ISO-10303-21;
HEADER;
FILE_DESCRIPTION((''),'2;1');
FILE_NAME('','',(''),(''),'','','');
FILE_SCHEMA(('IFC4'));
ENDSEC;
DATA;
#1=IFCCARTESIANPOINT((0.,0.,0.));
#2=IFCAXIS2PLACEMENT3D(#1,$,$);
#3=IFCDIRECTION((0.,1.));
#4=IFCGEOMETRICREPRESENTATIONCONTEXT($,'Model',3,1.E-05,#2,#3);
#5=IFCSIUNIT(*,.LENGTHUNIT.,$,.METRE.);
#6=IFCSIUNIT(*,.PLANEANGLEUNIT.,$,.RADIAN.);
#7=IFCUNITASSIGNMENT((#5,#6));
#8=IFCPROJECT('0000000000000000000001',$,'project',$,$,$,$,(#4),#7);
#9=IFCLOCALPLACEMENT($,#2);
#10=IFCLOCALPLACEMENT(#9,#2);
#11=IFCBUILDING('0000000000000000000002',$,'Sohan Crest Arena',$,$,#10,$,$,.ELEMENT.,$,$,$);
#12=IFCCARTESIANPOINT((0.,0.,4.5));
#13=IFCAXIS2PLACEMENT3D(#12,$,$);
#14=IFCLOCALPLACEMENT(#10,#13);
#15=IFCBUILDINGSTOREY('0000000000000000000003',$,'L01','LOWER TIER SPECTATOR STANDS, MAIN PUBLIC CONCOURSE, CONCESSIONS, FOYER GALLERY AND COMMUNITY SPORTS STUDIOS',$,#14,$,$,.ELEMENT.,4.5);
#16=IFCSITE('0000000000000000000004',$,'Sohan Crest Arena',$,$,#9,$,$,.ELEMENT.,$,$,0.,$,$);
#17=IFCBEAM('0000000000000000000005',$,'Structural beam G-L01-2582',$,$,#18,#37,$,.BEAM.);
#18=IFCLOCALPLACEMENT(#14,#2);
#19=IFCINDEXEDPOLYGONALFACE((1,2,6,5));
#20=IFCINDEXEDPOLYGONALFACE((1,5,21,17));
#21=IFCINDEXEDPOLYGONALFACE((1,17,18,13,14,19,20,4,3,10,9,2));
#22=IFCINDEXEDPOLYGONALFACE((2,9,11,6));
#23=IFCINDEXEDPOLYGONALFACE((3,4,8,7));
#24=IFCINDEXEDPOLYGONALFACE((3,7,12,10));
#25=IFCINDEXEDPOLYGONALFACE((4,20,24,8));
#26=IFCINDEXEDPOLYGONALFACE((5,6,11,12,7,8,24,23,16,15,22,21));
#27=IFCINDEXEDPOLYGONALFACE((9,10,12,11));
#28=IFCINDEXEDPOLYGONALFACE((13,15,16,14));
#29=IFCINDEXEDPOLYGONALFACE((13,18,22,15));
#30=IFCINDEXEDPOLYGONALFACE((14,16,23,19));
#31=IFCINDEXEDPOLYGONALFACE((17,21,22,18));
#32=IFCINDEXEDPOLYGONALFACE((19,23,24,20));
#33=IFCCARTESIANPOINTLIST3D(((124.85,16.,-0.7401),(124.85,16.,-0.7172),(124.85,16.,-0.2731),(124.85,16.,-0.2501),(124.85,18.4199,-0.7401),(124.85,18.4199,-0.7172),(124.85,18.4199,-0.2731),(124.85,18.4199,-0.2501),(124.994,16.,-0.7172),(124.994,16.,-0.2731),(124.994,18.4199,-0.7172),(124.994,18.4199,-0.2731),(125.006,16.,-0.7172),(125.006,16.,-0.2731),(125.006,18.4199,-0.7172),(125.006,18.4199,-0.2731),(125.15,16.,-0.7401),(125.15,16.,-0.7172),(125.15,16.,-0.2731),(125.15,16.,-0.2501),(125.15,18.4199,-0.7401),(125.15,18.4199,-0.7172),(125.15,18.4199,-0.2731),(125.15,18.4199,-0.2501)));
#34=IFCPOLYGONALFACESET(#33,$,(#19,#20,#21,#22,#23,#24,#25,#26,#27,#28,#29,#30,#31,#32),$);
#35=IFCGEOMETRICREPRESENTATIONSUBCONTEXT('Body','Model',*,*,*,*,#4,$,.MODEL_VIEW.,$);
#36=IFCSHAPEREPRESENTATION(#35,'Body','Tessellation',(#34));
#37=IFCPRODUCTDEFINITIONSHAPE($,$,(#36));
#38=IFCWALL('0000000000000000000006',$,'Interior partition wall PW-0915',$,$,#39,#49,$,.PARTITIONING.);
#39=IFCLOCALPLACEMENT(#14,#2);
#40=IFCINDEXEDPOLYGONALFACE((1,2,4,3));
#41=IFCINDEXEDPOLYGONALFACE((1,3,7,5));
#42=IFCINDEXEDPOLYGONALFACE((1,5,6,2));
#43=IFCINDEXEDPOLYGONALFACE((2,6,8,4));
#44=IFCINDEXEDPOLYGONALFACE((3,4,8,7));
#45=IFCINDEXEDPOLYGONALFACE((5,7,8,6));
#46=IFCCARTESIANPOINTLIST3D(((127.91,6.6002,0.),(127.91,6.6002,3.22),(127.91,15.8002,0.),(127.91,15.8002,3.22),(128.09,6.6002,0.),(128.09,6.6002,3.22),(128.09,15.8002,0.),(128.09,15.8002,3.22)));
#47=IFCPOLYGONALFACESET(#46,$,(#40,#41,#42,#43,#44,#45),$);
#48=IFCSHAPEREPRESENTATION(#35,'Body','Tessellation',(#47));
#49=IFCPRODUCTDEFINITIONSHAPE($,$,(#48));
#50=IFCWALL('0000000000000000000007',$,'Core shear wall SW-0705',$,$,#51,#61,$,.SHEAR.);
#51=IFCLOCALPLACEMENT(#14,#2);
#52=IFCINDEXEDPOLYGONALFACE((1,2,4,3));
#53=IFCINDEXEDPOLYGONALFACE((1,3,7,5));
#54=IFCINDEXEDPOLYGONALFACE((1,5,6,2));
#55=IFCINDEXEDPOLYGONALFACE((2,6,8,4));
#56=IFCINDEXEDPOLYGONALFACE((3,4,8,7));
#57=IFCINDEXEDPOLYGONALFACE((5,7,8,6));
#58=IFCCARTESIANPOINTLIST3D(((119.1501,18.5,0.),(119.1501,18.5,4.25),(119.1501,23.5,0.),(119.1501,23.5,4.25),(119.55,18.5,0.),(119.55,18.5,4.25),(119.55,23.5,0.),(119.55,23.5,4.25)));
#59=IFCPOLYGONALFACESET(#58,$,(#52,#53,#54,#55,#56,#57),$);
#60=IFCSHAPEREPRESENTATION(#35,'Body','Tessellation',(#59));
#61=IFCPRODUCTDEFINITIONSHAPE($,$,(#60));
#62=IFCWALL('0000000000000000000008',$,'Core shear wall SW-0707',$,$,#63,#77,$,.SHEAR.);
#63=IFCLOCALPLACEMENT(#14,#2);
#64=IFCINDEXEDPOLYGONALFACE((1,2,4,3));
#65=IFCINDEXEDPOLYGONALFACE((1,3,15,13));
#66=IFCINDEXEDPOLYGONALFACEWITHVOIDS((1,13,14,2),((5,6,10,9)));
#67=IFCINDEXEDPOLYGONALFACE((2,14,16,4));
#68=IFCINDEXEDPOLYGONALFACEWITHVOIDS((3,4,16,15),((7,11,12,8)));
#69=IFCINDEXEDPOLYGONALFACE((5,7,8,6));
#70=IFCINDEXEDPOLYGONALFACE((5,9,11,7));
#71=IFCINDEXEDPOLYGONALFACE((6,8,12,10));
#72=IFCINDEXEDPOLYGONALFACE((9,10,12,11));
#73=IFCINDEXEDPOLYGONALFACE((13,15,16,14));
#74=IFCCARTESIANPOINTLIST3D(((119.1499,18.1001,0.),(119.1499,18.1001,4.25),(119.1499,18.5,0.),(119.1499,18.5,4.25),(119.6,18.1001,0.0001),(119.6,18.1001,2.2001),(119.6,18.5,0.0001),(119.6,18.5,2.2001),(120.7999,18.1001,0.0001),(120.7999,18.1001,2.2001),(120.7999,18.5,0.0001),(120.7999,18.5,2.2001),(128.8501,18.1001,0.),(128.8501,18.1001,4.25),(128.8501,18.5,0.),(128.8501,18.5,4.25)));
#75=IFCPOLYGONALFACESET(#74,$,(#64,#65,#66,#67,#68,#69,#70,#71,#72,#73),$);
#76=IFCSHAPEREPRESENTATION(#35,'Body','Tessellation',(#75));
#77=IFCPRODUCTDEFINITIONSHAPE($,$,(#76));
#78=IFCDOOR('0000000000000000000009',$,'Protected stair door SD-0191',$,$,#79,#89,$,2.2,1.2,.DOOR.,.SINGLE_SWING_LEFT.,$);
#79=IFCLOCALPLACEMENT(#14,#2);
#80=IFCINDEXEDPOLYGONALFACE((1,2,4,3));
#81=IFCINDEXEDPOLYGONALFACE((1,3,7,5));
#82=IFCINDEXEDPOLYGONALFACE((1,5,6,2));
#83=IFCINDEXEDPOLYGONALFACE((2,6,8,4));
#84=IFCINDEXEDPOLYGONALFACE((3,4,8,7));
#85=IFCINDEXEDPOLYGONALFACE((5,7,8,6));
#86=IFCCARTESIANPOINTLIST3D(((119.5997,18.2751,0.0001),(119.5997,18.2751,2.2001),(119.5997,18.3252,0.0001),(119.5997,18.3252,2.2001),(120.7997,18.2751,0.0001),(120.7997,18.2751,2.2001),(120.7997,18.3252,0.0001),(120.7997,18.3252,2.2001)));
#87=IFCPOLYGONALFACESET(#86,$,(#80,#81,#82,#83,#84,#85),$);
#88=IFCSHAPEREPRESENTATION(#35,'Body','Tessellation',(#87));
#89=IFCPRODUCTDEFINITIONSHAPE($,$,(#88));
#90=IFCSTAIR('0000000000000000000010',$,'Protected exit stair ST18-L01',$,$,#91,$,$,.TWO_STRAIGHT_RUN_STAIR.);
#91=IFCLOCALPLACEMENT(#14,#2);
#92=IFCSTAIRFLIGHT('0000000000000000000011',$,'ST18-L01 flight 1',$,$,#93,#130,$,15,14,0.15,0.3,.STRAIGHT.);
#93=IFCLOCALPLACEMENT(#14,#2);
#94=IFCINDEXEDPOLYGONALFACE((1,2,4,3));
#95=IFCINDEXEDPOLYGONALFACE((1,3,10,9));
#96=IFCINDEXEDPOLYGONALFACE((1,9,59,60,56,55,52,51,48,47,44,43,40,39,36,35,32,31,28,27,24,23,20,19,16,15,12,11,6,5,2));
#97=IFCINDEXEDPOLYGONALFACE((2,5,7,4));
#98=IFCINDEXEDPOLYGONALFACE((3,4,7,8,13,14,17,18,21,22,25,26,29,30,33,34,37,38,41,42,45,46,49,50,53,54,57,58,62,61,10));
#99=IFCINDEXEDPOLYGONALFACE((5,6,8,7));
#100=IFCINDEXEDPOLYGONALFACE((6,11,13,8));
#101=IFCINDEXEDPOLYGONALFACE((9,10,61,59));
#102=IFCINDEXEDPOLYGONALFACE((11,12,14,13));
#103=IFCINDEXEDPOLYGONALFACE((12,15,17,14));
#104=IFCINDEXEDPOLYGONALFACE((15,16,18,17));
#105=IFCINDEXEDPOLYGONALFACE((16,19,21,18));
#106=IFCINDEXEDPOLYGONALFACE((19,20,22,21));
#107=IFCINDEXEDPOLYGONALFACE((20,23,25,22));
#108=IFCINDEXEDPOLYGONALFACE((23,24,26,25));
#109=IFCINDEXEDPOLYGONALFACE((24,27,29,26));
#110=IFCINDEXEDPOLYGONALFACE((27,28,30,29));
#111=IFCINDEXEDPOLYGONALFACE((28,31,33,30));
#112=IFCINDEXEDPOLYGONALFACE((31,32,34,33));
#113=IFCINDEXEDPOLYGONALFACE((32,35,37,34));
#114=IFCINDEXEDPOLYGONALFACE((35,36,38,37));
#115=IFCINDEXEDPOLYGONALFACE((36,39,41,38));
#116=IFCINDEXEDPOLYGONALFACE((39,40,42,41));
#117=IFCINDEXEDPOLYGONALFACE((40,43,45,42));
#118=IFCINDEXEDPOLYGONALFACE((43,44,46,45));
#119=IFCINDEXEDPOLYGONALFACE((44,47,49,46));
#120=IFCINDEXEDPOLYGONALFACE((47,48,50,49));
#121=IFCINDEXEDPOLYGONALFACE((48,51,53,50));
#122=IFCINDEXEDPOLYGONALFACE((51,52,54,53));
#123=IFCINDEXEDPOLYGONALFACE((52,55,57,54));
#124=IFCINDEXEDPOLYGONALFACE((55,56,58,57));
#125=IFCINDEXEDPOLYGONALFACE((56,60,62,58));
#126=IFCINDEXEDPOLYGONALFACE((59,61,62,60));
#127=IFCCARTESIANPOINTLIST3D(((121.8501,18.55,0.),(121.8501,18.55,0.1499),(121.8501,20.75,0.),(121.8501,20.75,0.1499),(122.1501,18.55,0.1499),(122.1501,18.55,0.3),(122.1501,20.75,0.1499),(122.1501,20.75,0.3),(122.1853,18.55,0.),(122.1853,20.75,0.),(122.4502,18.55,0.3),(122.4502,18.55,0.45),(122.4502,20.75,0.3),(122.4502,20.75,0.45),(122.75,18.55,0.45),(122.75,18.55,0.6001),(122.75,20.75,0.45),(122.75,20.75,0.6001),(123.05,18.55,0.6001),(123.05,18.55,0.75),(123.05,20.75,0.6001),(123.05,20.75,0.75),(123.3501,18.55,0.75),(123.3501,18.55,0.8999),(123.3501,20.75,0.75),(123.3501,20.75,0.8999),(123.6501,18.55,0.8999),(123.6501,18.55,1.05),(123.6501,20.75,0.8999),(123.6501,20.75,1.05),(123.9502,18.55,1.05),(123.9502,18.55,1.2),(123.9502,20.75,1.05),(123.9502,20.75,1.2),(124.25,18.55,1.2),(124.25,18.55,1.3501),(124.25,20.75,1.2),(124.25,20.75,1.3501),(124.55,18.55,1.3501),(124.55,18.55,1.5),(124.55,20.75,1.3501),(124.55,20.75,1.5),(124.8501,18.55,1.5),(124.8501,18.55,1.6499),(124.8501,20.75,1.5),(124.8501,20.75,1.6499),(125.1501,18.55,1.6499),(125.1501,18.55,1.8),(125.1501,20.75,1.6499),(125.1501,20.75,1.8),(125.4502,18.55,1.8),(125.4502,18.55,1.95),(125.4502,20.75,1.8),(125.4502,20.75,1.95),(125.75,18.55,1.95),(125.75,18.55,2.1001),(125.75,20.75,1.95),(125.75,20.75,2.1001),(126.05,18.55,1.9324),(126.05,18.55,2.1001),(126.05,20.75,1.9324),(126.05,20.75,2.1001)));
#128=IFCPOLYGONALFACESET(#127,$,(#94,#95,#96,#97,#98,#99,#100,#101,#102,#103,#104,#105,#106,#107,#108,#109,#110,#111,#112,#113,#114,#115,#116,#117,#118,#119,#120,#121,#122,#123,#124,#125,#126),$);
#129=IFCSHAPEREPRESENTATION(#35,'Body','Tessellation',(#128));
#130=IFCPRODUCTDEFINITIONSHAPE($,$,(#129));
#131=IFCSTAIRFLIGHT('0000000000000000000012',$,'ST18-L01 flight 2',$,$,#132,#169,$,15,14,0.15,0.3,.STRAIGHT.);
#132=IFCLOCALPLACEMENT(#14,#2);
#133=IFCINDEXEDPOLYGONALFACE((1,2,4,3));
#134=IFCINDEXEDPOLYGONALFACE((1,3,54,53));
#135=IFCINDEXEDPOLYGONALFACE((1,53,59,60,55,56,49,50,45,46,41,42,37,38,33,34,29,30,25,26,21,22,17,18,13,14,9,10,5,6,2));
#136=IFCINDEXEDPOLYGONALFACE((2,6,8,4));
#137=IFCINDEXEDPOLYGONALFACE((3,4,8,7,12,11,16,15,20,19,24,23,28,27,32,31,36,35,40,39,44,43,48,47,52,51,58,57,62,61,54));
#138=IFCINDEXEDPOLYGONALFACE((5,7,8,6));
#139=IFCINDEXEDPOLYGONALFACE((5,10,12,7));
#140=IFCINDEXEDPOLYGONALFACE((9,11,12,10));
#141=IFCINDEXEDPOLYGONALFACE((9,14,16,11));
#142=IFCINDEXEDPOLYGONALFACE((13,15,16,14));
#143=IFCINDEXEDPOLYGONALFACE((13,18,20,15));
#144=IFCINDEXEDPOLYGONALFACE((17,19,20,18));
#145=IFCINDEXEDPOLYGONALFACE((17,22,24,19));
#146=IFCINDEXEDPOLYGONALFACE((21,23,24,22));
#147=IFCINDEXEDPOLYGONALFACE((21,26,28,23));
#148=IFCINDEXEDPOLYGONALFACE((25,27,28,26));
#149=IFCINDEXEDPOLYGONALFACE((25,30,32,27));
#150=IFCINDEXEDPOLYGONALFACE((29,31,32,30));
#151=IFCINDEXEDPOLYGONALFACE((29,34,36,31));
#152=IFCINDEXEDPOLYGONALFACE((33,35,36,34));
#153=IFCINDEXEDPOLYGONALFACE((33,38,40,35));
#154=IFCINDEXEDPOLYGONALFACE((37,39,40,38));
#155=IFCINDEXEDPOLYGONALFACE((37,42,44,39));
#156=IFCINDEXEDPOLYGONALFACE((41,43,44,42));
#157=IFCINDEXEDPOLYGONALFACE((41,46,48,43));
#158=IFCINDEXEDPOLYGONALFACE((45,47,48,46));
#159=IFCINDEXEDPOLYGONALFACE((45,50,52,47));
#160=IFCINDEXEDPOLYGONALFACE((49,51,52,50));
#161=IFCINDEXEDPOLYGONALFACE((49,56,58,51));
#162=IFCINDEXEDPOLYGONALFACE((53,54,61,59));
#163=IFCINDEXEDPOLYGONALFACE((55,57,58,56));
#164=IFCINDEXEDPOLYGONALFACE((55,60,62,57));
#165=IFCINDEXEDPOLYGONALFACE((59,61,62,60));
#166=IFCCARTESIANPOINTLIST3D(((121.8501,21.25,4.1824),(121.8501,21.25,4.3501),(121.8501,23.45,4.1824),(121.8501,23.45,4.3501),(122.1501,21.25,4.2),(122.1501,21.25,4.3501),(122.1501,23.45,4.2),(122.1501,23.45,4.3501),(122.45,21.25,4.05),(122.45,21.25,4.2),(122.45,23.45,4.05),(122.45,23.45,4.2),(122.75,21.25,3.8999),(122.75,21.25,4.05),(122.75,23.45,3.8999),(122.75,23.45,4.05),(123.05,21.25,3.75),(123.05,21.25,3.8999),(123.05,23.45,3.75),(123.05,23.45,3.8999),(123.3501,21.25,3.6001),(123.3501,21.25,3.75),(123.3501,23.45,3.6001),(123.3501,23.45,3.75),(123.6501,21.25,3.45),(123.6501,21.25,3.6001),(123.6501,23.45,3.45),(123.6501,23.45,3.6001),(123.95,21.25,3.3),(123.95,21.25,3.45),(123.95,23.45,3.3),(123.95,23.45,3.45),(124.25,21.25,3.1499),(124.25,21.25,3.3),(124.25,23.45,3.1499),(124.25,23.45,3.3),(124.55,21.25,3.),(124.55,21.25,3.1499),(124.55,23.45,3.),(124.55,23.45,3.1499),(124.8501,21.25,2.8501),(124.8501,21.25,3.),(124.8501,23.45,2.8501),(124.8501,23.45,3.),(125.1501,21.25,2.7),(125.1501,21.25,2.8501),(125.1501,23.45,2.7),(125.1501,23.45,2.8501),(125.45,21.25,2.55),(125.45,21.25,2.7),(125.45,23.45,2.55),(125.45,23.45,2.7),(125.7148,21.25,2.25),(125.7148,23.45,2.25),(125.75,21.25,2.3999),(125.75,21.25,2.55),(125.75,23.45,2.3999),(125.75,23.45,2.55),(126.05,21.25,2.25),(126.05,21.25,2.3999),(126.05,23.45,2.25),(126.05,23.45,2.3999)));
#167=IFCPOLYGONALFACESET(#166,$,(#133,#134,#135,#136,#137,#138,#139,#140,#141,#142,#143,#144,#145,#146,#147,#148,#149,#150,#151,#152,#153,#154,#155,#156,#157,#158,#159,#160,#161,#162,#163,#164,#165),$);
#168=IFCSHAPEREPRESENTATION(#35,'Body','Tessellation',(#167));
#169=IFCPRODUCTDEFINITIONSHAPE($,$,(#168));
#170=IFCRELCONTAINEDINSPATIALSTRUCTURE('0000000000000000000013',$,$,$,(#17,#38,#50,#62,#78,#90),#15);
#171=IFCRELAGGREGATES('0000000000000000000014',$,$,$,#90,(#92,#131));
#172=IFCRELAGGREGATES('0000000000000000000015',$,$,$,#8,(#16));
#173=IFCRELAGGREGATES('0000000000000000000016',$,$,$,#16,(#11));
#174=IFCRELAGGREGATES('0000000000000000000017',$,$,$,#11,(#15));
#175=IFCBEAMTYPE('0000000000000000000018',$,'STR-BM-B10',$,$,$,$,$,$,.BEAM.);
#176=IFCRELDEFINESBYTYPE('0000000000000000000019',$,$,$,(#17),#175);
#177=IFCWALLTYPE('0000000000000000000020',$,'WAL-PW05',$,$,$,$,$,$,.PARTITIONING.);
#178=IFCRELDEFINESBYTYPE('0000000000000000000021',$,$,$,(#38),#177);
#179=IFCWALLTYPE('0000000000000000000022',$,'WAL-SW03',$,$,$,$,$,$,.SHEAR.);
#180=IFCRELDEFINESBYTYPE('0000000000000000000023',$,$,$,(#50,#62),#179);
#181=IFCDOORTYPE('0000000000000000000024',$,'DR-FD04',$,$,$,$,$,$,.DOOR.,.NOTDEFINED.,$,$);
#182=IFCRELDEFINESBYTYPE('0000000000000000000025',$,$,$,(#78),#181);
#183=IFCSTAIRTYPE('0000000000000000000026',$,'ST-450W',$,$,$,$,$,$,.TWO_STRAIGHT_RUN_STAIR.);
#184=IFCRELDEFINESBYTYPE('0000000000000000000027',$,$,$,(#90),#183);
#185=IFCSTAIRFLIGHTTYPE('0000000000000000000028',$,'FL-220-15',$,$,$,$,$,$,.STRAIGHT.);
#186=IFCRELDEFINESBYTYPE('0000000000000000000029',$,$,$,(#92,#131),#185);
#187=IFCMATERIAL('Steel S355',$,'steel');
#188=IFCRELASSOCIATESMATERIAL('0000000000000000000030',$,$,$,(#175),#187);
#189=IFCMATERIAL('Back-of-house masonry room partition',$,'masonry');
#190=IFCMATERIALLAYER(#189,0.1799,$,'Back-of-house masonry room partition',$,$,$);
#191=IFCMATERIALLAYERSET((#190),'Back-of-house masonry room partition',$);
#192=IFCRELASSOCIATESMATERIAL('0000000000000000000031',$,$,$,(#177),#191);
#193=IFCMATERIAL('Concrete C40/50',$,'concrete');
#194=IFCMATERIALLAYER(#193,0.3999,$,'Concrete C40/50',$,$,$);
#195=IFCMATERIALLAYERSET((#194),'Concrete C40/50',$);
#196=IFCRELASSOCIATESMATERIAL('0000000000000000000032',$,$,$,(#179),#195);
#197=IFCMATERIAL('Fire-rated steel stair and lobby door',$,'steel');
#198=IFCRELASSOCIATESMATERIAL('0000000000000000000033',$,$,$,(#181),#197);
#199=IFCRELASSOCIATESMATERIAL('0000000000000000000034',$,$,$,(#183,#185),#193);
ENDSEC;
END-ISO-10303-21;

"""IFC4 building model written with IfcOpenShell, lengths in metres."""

from ifc_helpers import new_model, si_unit, direction, frame, frame_2d, origin, origin_2d, place, context, subcontext, project, spatial, polyline, rectangle, i_section, outline, extrude, material, layer, layer_set, material_profile, profile_set, type_object, element, fill, aggregate, save


model = new_model("IFC4")

# Units and contexts
model_context = context("Model", 3, precision=1e-05, world=origin(), true_north=direction((0.0, 1.0)))
body_context = subcontext(model_context, "Body", "Model", "MODEL_VIEW")
ifc_project = project(units=[si_unit("LENGTHUNIT", "METRE"), si_unit("PLANEANGLEUNIT", "RADIAN")], contexts=[model_context])

# Site, building, storey
site_placement = place(None, origin())
site = spatial("IfcSite", under=ifc_project, at=site_placement, Name="Sohan Crest Arena", CompositionType="ELEMENT", RefElevation=0.0)
building_placement = place(site_placement, origin())
building = spatial("IfcBuilding", under=site, at=building_placement, Name="Sohan Crest Arena", CompositionType="ELEMENT")
storey_placement = place(building_placement, frame((0.0, 0.0, 4.5)))
storey = spatial("IfcBuildingStorey", under=building, at=storey_placement, Name="L01", Description="LOWER TIER SPECTATOR STANDS, MAIN PUBLIC CONCOURSE, CONCESSIONS, FOYER GALLERY AND COMMUNITY SPORTS STUDIOS", CompositionType="ELEMENT", Elevation=4.5)

# Shared definitions
ifc_material_1 = material(Name="Steel S355", Category="steel")

# Beam
ifc_material_profile_1 = material_profile(ifc_material_1, i_section(OverallWidth=0.3, OverallDepth=0.49, WebThickness=0.012, FlangeThickness=0.0229, at=origin_2d()), Name="HEA 500")
ifc_profile_set_1 = profile_set([ifc_material_profile_1], Name="Steel S355")
beam_type_1 = type_object("IfcBeamType", Name="STR-BM-B10", PredefinedType="BEAM", material=ifc_profile_set_1)
beam_1_placement = place(storey_placement, frame((125.0, 16.0, -0.4951), z_axis=(0.0, 1.0, 0.0), x_axis=(-1.0, 0.0, 0.0)))
element("IfcBeam", 1, at=beam_1_placement, inside=storey, type_object=beam_type_1, Name="Structural beam G-L01-2582", PredefinedType="BEAM", context=body_context, shape_type="SweptSolid", body=[
    extrude(i_section(OverallWidth=0.3, OverallDepth=0.49, WebThickness=0.012, FlangeThickness=0.0229, at=origin_2d()), origin(), (0.0, 0.0, 1.0), 2.4199),
])

# Walls
ifc_material_2 = material(Name="Back-of-house masonry room partition", Category="masonry")
ifc_layer_1 = layer(ifc_material_2, 0.1799, Name="Back-of-house masonry room partition")
ifc_layer_set_1 = layer_set([ifc_layer_1], Name="Back-of-house masonry room partition")
wall_type_1 = type_object("IfcWallType", Name="WAL-PW05", PredefinedType="PARTITIONING", material=ifc_layer_set_1)
wall_1_placement = place(storey_placement, frame((128.0, 6.6001, 0.0), z_axis=(0.0, 0.0, 1.0), x_axis=(0.0, 1.0, 0.0)))
element("IfcWall", 2, at=wall_1_placement, inside=storey, type_object=wall_type_1, Name="Interior partition wall PW-0915", PredefinedType="PARTITIONING", context=body_context, shape_type="SweptSolid", body=[
    extrude(rectangle(XDim=9.2, YDim=0.1799, at=frame_2d((4.6001, 0.0))), origin(), (0.0, 0.0, 1.0), 3.22),
])
ifc_material_3 = material(Name="Concrete C40/50", Category="concrete")
ifc_layer_2 = layer(ifc_material_3, 0.3999, Name="Concrete C40/50")
ifc_layer_set_2 = layer_set([ifc_layer_2], Name="Concrete C40/50")
wall_type_2 = type_object("IfcWallType", Name="WAL-SW03", PredefinedType="SHEAR", material=ifc_layer_set_2)
wall_2_placement = place(storey_placement, frame((119.3501, 18.5, 0.0), z_axis=(0.0, 0.0, 1.0), x_axis=(0.0, 1.0, 0.0)))
element("IfcWall", 3, at=wall_2_placement, inside=storey, type_object=wall_type_2, Name="Core shear wall SW-0705", PredefinedType="SHEAR", context=body_context, shape_type="SweptSolid", body=[
    extrude(rectangle(XDim=5.0, YDim=0.3999, at=frame_2d((2.5, 0.0))), origin(), (0.0, 0.0, 1.0), 4.25),
])

# Wall, opening, door
wall_3_placement = place(storey_placement, frame((119.1499, 18.3, 0.0), z_axis=(0.0, 0.0, 1.0), x_axis=(1.0, 0.0, 0.0)))
wall_3 = element("IfcWall", 4, at=wall_3_placement, inside=storey, type_object=wall_type_2, Name="Core shear wall SW-0707", PredefinedType="SHEAR", context=body_context, shape_type="SweptSolid", body=[
    extrude(rectangle(XDim=9.7002, YDim=0.3999, at=frame_2d((4.8501, 0.0))), origin(), (0.0, 0.0, 1.0), 4.25),
])
opening_placement = place(wall_3_placement, frame((0.45, 0.0, 0.0)))
opening = element("IfcOpeningElement", 5, at=opening_placement, cuts=wall_3, PredefinedType="OPENING", context=body_context, shape_type="SweptSolid", body=[
    extrude(rectangle(XDim=1.2, YDim=2.2, at=frame_2d((0.6001, 1.1001))), frame((0.0, 0.21, 0.0), z_axis=(0.0, -1.0, 0.0), x_axis=(1.0, 0.0, 0.0)), (0.0, 0.0, 1.0), 0.4199),
])
ifc_material_4 = material(Name="Fire-rated steel stair and lobby door", Category="steel")
door_type = type_object("IfcDoorType", Name="DR-FD04", OperationType="NOTDEFINED", PredefinedType="DOOR", material=ifc_material_4)
door_placement = place(opening_placement, frame((1.2, 0.0, 0.0), z_axis=(0.0, 0.0, 1.0), x_axis=(-1.0, 0.0, 0.0)))
door = element("IfcDoor", 6, at=door_placement, inside=storey, type_object=door_type, Name="Protected stair door SD-0191", OperationType="SINGLE_SWING_LEFT", OverallHeight=2.2, OverallWidth=1.2, PredefinedType="DOOR", context=body_context, shape_type="SweptSolid", body=[
    extrude(rectangle(XDim=1.2, YDim=2.2, at=frame_2d((0.6001, 1.1001))), frame((0.0, 0.0249, 0.0), z_axis=(0.0, -1.0, 0.0), x_axis=(1.0, 0.0, 0.0)), (0.0, 0.0, 1.0), 0.05),
])
fill(opening, door)

# Stair, stair flights
stair_type = type_object("IfcStairType", Name="ST-450W", PredefinedType="TWO_STRAIGHT_RUN_STAIR", material=ifc_material_3)
stair_placement = place(storey_placement, origin())
stair = element("IfcStair", 7, at=stair_placement, inside=storey, type_object=stair_type, Name="Protected exit stair ST18-L01", PredefinedType="TWO_STRAIGHT_RUN_STAIR")
stair_flight_type = type_object("IfcStairFlightType", Name="FL-220-15", PredefinedType="STRAIGHT", material=ifc_material_3)
stair_flight_1_placement = place(storey_placement, frame((121.8501, 19.6499, 0.0), z_axis=(0.0, 0.0, 1.0), x_axis=(1.0, 0.0, 0.0)))
stair_flight_1 = element("IfcStairFlight", 8, at=stair_flight_1_placement, type_object=stair_flight_type, Name="ST18-L01 flight 1", NumberOfRisers=15, NumberOfTreads=14, PredefinedType="STRAIGHT", RiserHeight=0.15, TreadLength=0.3, context=body_context, shape_type="SweptSolid", body=[
    extrude(outline(polyline([(0.0, 0.0), (0.0, 0.1499), (0.3, 0.1499), (0.3, 0.3), (0.6001, 0.3), (0.6001, 0.45), (0.8999, 0.45), (0.8999, 0.6001), (1.2, 0.6001), (1.2, 0.75), (1.5, 0.75), (1.5, 0.8999), (1.8, 0.8999), (1.8, 1.05), (2.1001, 1.05), (2.1001, 1.2), (2.3999, 1.2), (2.3999, 1.3501), (2.7, 1.3501), (2.7, 1.5), (3.0, 1.5), (3.0, 1.6499), (3.3, 1.6499), (3.3, 1.8), (3.6001, 1.8), (3.6001, 1.95), (3.8999, 1.95), (3.8999, 2.1001), (4.2, 2.1001), (4.2, 2.25), (4.2, 1.9324), (0.3352, 0.0), (0.0, 0.0)])), frame((0.0, 1.1001, 0.0), z_axis=(0.0, -1.0, 0.0), x_axis=(1.0, 0.0, 0.0)), (0.0, 0.0, 1.0), 2.2),
])
stair_flight_2_placement = place(storey_placement, frame((126.05, 22.3501, 2.25), z_axis=(0.0, 0.0, 1.0), x_axis=(-1.0, 0.0, 0.0)))
stair_flight_2 = element("IfcStairFlight", 9, at=stair_flight_2_placement, type_object=stair_flight_type, Name="ST18-L01 flight 2", NumberOfRisers=15, NumberOfTreads=14, PredefinedType="STRAIGHT", RiserHeight=0.15, TreadLength=0.3, context=body_context, shape_type="SweptSolid", body=[
    extrude(outline(polyline([(0.0, 0.0), (0.0, 0.1499), (0.3, 0.1499), (0.3, 0.3), (0.6001, 0.3), (0.6001, 0.45), (0.8999, 0.45), (0.8999, 0.6001), (1.2, 0.6001), (1.2, 0.75), (1.5, 0.75), (1.5, 0.8999), (1.8, 0.8999), (1.8, 1.05), (2.1001, 1.05), (2.1001, 1.2), (2.3999, 1.2), (2.3999, 1.3501), (2.7, 1.3501), (2.7, 1.5), (3.0, 1.5), (3.0, 1.6499), (3.3, 1.6499), (3.3, 1.8), (3.6001, 1.8), (3.6001, 1.95), (3.8999, 1.95), (3.8999, 2.1001), (4.2, 2.1001), (4.2, 2.25), (4.2, 1.9324), (0.3352, 0.0), (0.0, 0.0)])), frame((0.0, 1.1001, 0.0), z_axis=(0.0, -1.0, 0.0), x_axis=(1.0, 0.0, 0.0)), (0.0, 0.0, 1.0), 2.2),
])
aggregate(stair, [stair_flight_1, stair_flight_2])

save(model, "model.ifc")
